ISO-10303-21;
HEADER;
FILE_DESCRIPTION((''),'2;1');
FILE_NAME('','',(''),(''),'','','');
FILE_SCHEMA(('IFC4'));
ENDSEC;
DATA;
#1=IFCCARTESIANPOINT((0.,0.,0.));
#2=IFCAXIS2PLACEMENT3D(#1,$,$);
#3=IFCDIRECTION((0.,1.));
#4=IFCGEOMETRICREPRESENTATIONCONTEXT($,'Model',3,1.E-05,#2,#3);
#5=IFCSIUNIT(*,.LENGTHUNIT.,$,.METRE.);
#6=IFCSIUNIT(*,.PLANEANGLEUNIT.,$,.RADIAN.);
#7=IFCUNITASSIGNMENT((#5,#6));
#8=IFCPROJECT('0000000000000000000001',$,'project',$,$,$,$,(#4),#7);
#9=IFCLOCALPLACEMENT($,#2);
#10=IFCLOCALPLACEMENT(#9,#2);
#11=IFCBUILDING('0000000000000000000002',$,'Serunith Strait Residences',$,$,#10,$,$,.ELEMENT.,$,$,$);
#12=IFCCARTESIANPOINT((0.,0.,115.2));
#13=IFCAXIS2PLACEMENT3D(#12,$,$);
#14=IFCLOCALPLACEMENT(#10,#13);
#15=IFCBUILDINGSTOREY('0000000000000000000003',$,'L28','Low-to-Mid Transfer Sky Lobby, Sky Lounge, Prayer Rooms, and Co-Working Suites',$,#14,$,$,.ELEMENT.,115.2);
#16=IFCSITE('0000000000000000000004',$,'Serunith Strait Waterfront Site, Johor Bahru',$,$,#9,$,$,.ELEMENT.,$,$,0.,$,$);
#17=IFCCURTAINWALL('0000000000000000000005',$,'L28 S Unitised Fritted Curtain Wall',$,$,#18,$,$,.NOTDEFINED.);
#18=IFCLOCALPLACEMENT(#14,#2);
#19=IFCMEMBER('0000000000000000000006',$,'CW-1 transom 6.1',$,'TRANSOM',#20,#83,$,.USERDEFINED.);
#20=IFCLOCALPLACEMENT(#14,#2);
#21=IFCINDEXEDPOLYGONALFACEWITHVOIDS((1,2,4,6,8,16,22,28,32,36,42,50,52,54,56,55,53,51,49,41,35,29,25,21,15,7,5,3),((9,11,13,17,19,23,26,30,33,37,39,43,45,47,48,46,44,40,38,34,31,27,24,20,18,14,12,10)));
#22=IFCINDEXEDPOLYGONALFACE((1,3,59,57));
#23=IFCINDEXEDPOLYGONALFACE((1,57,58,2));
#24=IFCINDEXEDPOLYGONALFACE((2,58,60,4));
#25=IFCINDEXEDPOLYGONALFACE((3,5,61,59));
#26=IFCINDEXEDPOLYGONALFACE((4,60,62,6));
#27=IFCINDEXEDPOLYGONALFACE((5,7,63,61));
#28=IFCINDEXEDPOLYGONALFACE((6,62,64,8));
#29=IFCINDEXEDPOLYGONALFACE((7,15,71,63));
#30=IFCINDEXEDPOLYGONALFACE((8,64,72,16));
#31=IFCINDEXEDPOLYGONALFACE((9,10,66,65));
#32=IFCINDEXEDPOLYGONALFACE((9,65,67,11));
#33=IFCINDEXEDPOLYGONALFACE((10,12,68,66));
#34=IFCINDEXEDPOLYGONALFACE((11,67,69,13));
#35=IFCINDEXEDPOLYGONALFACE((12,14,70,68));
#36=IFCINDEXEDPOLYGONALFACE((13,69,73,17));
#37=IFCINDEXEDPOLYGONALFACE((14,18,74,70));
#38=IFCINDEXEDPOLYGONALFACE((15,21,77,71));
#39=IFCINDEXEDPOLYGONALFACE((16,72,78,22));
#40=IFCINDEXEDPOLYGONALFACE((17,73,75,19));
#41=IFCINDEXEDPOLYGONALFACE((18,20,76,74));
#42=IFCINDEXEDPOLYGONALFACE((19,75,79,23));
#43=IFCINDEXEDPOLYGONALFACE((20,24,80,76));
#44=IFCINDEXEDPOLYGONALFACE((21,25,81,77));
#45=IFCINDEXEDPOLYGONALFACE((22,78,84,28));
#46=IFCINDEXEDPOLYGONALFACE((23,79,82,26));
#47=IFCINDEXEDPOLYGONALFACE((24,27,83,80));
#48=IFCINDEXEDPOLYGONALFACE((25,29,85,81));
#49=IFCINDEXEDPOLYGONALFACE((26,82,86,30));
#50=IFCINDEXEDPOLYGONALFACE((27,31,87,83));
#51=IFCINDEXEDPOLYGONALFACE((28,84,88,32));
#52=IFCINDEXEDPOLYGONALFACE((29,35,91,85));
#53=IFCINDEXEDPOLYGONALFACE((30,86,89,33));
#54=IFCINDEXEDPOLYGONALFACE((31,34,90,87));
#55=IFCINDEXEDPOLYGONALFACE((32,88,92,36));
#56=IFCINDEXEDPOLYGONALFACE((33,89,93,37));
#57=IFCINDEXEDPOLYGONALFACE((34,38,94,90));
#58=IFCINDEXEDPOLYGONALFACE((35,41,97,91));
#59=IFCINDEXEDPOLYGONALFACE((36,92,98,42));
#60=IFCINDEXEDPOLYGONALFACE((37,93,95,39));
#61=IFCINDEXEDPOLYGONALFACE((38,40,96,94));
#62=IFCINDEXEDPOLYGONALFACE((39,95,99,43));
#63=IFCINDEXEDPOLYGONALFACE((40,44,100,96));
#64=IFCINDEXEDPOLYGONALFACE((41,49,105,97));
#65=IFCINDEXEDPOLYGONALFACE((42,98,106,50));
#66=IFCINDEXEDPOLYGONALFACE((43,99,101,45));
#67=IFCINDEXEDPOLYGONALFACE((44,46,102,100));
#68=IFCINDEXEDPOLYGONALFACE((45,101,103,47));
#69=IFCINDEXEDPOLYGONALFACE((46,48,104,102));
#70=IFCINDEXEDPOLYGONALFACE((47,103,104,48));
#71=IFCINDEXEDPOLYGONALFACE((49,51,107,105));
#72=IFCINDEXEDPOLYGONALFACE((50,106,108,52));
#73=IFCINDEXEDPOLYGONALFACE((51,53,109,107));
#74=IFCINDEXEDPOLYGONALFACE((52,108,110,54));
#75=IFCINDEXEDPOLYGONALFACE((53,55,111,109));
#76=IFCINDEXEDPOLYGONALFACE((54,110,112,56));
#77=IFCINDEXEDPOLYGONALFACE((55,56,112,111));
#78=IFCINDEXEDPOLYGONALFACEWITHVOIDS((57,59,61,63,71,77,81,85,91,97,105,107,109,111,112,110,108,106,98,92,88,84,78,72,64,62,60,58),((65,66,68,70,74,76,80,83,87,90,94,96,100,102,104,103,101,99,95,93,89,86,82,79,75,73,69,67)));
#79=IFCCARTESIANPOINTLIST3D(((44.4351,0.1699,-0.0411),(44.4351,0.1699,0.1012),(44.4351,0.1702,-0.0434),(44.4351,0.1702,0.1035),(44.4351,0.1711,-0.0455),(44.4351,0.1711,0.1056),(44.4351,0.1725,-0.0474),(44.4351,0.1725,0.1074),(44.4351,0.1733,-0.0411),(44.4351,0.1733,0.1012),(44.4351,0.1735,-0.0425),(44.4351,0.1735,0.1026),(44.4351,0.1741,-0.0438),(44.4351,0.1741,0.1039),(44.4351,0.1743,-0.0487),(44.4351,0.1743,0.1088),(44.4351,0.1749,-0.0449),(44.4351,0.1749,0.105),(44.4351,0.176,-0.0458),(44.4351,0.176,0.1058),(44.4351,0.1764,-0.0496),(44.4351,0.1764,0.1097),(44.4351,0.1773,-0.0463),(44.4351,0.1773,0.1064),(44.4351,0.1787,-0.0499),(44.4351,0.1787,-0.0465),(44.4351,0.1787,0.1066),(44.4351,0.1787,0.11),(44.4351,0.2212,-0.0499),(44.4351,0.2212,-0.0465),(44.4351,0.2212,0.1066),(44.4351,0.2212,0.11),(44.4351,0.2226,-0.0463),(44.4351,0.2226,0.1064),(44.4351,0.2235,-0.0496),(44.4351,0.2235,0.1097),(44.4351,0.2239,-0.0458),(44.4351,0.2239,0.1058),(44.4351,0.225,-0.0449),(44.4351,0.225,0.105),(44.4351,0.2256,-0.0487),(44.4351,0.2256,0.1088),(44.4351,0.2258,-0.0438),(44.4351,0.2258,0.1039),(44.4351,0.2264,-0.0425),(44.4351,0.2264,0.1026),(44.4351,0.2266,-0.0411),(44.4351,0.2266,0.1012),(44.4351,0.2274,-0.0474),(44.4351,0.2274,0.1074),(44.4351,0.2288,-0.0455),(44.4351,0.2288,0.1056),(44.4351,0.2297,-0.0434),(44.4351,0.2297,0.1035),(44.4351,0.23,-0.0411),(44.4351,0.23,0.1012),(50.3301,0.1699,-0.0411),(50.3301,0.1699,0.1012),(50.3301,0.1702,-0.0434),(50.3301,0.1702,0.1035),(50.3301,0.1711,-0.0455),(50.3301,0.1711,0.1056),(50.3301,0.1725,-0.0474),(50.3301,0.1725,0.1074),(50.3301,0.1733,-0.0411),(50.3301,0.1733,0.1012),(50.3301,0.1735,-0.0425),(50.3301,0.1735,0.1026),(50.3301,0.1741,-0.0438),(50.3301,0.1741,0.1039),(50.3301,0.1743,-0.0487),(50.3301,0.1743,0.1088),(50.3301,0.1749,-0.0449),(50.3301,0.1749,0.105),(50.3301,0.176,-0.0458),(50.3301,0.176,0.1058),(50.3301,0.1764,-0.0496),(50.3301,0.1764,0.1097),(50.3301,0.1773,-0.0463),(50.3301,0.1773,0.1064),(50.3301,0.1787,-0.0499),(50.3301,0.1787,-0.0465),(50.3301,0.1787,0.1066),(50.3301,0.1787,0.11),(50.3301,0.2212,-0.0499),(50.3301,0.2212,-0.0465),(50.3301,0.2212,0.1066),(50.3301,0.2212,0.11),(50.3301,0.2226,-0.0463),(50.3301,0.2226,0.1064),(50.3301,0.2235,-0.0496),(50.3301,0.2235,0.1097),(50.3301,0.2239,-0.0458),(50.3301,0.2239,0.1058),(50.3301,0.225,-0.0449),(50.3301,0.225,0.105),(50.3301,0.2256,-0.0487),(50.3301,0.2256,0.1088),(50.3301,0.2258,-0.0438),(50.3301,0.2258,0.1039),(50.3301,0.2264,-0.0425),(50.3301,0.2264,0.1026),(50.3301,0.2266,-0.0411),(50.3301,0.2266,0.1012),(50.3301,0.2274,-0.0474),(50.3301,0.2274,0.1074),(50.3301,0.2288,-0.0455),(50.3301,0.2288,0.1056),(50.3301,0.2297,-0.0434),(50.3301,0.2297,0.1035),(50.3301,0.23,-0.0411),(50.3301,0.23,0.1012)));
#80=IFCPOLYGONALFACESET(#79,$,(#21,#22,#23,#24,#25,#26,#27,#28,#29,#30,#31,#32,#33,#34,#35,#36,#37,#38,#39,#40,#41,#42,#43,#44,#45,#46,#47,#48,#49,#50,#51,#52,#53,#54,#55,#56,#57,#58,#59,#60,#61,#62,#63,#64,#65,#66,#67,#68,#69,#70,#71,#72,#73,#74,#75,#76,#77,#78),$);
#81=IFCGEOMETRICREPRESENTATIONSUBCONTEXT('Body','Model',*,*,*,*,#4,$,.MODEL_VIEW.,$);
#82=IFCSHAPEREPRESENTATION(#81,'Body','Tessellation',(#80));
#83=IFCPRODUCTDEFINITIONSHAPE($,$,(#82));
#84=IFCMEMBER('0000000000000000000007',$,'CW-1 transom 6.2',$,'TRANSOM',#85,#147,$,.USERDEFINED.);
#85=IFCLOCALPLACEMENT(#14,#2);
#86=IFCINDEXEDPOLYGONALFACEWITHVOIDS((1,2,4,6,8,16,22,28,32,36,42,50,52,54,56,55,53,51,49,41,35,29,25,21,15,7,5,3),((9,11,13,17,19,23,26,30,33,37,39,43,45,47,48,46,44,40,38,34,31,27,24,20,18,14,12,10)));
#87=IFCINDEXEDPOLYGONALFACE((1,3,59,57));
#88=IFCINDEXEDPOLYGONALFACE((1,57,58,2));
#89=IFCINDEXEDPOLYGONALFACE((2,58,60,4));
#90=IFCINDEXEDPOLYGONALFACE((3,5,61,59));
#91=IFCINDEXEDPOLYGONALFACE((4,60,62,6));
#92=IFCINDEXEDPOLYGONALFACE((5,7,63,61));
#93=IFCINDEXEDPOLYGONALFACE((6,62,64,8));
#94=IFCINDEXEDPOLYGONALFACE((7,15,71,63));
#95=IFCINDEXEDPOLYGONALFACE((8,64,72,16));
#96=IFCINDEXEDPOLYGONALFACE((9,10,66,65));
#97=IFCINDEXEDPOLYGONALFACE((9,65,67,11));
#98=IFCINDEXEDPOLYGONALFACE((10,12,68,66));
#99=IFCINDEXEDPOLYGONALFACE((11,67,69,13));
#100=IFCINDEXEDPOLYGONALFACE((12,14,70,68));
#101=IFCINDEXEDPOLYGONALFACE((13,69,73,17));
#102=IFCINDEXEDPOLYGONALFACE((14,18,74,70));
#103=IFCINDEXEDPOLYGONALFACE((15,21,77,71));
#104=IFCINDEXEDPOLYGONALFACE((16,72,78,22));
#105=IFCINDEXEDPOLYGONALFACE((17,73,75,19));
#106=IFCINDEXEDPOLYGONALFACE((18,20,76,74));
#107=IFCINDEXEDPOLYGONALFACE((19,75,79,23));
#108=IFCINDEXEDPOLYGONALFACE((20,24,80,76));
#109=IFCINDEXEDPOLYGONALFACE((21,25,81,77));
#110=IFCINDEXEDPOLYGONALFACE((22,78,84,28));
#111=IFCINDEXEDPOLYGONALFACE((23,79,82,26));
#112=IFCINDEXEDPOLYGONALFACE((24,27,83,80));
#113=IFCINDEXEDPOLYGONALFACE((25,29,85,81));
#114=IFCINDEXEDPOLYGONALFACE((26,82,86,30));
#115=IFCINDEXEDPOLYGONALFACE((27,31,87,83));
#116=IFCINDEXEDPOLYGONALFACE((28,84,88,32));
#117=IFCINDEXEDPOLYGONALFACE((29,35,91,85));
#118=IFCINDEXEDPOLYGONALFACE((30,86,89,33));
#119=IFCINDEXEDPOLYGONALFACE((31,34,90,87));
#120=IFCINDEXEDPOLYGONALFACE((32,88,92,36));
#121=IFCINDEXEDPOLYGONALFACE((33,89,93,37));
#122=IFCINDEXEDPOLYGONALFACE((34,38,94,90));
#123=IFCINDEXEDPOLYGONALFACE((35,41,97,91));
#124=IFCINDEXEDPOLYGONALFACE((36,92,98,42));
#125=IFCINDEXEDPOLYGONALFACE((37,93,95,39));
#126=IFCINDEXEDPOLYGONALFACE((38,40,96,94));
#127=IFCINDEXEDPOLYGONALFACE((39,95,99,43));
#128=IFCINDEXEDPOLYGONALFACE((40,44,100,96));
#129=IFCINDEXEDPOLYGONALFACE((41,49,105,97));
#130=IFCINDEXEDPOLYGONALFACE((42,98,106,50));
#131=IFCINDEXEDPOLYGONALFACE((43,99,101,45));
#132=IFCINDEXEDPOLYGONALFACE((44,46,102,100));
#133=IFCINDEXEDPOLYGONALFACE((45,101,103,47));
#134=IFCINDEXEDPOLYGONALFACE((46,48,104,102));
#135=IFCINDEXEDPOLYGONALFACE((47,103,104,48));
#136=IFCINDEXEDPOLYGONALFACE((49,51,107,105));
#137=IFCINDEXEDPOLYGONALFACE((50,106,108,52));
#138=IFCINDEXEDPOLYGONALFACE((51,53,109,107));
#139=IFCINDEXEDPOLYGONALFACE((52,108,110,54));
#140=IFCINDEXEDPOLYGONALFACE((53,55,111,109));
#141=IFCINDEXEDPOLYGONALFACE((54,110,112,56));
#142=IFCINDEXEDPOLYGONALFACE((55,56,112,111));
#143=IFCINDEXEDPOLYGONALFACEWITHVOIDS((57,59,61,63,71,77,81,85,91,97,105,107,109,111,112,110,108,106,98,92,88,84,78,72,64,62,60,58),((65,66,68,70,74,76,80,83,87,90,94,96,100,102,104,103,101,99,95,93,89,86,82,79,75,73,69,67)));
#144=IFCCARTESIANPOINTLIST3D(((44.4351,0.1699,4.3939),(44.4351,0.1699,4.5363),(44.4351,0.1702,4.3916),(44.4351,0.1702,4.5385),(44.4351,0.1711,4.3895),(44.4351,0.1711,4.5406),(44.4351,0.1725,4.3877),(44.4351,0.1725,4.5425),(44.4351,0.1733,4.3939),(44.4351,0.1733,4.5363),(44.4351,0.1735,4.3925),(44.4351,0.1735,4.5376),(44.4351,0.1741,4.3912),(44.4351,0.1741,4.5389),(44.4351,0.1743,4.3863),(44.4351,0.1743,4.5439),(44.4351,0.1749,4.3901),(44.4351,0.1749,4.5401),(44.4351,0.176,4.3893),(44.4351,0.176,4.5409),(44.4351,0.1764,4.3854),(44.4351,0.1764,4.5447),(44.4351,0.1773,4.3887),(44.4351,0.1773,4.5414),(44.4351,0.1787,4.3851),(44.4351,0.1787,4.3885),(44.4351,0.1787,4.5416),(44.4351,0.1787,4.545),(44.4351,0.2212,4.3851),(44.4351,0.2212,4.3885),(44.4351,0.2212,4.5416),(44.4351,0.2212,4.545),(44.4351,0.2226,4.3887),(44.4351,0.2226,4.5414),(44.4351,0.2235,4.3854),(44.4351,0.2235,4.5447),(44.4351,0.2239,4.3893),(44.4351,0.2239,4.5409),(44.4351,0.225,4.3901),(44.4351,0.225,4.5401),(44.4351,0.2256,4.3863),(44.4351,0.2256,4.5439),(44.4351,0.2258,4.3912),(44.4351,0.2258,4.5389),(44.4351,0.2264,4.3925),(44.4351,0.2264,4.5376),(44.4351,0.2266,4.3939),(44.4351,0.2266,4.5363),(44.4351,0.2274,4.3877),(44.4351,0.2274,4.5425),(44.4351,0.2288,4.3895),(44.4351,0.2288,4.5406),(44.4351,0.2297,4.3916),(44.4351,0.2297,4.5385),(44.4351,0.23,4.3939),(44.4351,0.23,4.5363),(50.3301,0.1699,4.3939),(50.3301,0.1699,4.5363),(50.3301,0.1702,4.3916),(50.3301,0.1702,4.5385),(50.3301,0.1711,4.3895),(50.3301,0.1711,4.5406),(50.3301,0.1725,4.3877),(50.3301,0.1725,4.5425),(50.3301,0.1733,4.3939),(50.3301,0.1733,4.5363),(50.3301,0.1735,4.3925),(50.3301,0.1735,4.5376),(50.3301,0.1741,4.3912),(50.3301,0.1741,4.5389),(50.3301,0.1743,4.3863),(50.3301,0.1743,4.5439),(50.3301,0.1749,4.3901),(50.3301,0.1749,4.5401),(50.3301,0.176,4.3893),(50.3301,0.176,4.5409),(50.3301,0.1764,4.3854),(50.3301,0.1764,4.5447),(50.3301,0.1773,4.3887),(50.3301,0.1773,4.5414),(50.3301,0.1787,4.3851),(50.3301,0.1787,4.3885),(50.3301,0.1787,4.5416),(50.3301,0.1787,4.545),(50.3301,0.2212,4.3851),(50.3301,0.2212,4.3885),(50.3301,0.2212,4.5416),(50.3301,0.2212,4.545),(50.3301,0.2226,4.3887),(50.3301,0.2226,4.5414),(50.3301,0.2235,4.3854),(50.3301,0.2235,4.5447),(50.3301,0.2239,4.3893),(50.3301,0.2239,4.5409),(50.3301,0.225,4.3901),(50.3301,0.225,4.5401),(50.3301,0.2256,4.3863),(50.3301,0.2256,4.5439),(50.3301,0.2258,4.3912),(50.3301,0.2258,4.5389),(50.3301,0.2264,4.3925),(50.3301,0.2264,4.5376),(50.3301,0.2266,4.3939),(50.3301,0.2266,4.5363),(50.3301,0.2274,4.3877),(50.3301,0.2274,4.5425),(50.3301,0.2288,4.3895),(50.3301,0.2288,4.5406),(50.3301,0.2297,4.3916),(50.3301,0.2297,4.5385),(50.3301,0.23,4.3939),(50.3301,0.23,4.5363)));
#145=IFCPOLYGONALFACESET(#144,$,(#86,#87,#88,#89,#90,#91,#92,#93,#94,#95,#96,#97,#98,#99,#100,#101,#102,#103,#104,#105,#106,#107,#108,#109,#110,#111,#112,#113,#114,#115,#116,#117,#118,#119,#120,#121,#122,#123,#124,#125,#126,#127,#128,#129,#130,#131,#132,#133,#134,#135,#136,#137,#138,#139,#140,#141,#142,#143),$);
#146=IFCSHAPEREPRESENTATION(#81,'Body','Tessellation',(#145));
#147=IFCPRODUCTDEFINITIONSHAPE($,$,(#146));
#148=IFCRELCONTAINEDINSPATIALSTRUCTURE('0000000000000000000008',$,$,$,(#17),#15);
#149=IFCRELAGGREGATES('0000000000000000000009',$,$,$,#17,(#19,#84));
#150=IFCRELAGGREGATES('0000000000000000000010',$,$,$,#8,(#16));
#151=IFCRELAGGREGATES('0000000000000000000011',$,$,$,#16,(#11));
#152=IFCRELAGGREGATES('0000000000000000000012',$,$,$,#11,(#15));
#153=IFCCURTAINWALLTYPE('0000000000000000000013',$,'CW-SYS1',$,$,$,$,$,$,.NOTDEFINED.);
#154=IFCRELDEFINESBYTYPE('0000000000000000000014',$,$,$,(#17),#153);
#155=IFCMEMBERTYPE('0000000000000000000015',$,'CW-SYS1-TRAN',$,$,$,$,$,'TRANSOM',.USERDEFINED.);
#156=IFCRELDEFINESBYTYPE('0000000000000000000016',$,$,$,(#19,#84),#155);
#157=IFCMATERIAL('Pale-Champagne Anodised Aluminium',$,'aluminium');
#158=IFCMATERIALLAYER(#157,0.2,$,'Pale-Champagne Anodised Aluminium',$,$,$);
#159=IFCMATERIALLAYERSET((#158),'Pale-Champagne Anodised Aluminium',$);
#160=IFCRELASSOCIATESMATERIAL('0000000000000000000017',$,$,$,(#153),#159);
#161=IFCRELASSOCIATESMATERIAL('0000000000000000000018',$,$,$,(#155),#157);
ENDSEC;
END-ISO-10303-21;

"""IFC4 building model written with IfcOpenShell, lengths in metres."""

from ifc_helpers import new_model, si_unit, direction, frame, origin, origin_2d, place, context, subcontext, project, spatial, hollow_rectangle, extrude, source, transform, mapped, material, layer, layer_set, material_profile, profile_set, type_object, element, aggregate, save


model = new_model("IFC4")

# Units and contexts
model_context = context("Model", 3, precision=1e-05, world=origin(), true_north=direction((0.0, 1.0)))
body_context = subcontext(model_context, "Body", "Model", "MODEL_VIEW")
ifc_project = project(units=[si_unit("LENGTHUNIT", "METRE"), si_unit("PLANEANGLEUNIT", "RADIAN")], contexts=[model_context])

# Site, building, storey
site_placement = place(None, origin())
site = spatial("IfcSite", under=ifc_project, at=site_placement, Name="Serunith Strait Waterfront Site, Johor Bahru", CompositionType="ELEMENT", RefElevation=0.0)
building_placement = place(site_placement, origin())
building = spatial("IfcBuilding", under=site, at=building_placement, Name="Serunith Strait Residences", CompositionType="ELEMENT")
storey_placement = place(building_placement, frame((0.0, 0.0, 115.2)))
storey = spatial("IfcBuildingStorey", under=building, at=storey_placement, Name="L28", Description="Low-to-Mid Transfer Sky Lobby, Sky Lounge, Prayer Rooms, and Co-Working Suites", CompositionType="ELEMENT", Elevation=115.2)

# Curtain wall, members
ifc_material_1 = material(Name="Pale-Champagne Anodised Aluminium", Category="aluminium")
ifc_layer_1 = layer(ifc_material_1, 0.2, Name="Pale-Champagne Anodised Aluminium")
ifc_layer_set_1 = layer_set([ifc_layer_1], Name="Pale-Champagne Anodised Aluminium")
curtain_wall_type = type_object("IfcCurtainWallType", Name="CW-SYS1", PredefinedType="NOTDEFINED", material=ifc_layer_set_1)
curtain_wall_1_placement = place(storey_placement, origin())
curtain_wall_1 = element("IfcCurtainWall", 1, at=curtain_wall_1_placement, inside=storey, type_object=curtain_wall_type, Name="L28 S Unitised Fritted Curtain Wall", PredefinedType="NOTDEFINED")
ifc_material_profile_1 = material_profile(ifc_material_1, hollow_rectangle(XDim=0.0601, YDim=0.1599, WallThickness=0.0034, InnerFilletRadius=0.0054, OuterFilletRadius=0.0088, at=origin_2d()), Name="ALU 160x60x3.5")
ifc_profile_set_1 = profile_set([ifc_material_profile_1], Name="Pale-Champagne Anodised Aluminium")
member_type_1 = type_object("IfcMemberType", Name="CW-SYS1-TRAN", ElementType="TRANSOM", PredefinedType="USERDEFINED", material=ifc_profile_set_1)
shared_shape_1 = source(origin(), body_context, "Body", "SweptSolid", [
    extrude(hollow_rectangle(XDim=0.0601, YDim=0.1599, WallThickness=0.0034, InnerFilletRadius=0.0054, OuterFilletRadius=0.0088, at=origin_2d()), origin(), (0.0, 0.0, 1.0), 5.895),
])
member_1_placement = place(storey_placement, frame((44.4351, 0.2, 0.03), z_axis=(1.0, 0.0, 0.0), x_axis=(0.0, 1.0, 0.0)))
member_1 = element("IfcMember", 2, at=member_1_placement, type_object=member_type_1, Name="CW-1 transom 6.1", ObjectType="TRANSOM", PredefinedType="USERDEFINED", context=body_context, shape_type="MappedRepresentation", body=[
    mapped(shared_shape_1, transform((0.0, 0.0, 0.0), scale=1.0)),
])
member_2_placement = place(storey_placement, frame((44.4351, 0.2, 4.4651), z_axis=(1.0, 0.0, 0.0), x_axis=(0.0, 1.0, 0.0)))
member_2 = element("IfcMember", 3, at=member_2_placement, type_object=member_type_1, Name="CW-1 transom 6.2", ObjectType="TRANSOM", PredefinedType="USERDEFINED", context=body_context, shape_type="MappedRepresentation", body=[
    mapped(shared_shape_1, transform((0.0, 0.0, 0.0), scale=1.0)),
])

aggregate(curtain_wall_1, [member_1, member_2])

save(model, "model.ifc")
